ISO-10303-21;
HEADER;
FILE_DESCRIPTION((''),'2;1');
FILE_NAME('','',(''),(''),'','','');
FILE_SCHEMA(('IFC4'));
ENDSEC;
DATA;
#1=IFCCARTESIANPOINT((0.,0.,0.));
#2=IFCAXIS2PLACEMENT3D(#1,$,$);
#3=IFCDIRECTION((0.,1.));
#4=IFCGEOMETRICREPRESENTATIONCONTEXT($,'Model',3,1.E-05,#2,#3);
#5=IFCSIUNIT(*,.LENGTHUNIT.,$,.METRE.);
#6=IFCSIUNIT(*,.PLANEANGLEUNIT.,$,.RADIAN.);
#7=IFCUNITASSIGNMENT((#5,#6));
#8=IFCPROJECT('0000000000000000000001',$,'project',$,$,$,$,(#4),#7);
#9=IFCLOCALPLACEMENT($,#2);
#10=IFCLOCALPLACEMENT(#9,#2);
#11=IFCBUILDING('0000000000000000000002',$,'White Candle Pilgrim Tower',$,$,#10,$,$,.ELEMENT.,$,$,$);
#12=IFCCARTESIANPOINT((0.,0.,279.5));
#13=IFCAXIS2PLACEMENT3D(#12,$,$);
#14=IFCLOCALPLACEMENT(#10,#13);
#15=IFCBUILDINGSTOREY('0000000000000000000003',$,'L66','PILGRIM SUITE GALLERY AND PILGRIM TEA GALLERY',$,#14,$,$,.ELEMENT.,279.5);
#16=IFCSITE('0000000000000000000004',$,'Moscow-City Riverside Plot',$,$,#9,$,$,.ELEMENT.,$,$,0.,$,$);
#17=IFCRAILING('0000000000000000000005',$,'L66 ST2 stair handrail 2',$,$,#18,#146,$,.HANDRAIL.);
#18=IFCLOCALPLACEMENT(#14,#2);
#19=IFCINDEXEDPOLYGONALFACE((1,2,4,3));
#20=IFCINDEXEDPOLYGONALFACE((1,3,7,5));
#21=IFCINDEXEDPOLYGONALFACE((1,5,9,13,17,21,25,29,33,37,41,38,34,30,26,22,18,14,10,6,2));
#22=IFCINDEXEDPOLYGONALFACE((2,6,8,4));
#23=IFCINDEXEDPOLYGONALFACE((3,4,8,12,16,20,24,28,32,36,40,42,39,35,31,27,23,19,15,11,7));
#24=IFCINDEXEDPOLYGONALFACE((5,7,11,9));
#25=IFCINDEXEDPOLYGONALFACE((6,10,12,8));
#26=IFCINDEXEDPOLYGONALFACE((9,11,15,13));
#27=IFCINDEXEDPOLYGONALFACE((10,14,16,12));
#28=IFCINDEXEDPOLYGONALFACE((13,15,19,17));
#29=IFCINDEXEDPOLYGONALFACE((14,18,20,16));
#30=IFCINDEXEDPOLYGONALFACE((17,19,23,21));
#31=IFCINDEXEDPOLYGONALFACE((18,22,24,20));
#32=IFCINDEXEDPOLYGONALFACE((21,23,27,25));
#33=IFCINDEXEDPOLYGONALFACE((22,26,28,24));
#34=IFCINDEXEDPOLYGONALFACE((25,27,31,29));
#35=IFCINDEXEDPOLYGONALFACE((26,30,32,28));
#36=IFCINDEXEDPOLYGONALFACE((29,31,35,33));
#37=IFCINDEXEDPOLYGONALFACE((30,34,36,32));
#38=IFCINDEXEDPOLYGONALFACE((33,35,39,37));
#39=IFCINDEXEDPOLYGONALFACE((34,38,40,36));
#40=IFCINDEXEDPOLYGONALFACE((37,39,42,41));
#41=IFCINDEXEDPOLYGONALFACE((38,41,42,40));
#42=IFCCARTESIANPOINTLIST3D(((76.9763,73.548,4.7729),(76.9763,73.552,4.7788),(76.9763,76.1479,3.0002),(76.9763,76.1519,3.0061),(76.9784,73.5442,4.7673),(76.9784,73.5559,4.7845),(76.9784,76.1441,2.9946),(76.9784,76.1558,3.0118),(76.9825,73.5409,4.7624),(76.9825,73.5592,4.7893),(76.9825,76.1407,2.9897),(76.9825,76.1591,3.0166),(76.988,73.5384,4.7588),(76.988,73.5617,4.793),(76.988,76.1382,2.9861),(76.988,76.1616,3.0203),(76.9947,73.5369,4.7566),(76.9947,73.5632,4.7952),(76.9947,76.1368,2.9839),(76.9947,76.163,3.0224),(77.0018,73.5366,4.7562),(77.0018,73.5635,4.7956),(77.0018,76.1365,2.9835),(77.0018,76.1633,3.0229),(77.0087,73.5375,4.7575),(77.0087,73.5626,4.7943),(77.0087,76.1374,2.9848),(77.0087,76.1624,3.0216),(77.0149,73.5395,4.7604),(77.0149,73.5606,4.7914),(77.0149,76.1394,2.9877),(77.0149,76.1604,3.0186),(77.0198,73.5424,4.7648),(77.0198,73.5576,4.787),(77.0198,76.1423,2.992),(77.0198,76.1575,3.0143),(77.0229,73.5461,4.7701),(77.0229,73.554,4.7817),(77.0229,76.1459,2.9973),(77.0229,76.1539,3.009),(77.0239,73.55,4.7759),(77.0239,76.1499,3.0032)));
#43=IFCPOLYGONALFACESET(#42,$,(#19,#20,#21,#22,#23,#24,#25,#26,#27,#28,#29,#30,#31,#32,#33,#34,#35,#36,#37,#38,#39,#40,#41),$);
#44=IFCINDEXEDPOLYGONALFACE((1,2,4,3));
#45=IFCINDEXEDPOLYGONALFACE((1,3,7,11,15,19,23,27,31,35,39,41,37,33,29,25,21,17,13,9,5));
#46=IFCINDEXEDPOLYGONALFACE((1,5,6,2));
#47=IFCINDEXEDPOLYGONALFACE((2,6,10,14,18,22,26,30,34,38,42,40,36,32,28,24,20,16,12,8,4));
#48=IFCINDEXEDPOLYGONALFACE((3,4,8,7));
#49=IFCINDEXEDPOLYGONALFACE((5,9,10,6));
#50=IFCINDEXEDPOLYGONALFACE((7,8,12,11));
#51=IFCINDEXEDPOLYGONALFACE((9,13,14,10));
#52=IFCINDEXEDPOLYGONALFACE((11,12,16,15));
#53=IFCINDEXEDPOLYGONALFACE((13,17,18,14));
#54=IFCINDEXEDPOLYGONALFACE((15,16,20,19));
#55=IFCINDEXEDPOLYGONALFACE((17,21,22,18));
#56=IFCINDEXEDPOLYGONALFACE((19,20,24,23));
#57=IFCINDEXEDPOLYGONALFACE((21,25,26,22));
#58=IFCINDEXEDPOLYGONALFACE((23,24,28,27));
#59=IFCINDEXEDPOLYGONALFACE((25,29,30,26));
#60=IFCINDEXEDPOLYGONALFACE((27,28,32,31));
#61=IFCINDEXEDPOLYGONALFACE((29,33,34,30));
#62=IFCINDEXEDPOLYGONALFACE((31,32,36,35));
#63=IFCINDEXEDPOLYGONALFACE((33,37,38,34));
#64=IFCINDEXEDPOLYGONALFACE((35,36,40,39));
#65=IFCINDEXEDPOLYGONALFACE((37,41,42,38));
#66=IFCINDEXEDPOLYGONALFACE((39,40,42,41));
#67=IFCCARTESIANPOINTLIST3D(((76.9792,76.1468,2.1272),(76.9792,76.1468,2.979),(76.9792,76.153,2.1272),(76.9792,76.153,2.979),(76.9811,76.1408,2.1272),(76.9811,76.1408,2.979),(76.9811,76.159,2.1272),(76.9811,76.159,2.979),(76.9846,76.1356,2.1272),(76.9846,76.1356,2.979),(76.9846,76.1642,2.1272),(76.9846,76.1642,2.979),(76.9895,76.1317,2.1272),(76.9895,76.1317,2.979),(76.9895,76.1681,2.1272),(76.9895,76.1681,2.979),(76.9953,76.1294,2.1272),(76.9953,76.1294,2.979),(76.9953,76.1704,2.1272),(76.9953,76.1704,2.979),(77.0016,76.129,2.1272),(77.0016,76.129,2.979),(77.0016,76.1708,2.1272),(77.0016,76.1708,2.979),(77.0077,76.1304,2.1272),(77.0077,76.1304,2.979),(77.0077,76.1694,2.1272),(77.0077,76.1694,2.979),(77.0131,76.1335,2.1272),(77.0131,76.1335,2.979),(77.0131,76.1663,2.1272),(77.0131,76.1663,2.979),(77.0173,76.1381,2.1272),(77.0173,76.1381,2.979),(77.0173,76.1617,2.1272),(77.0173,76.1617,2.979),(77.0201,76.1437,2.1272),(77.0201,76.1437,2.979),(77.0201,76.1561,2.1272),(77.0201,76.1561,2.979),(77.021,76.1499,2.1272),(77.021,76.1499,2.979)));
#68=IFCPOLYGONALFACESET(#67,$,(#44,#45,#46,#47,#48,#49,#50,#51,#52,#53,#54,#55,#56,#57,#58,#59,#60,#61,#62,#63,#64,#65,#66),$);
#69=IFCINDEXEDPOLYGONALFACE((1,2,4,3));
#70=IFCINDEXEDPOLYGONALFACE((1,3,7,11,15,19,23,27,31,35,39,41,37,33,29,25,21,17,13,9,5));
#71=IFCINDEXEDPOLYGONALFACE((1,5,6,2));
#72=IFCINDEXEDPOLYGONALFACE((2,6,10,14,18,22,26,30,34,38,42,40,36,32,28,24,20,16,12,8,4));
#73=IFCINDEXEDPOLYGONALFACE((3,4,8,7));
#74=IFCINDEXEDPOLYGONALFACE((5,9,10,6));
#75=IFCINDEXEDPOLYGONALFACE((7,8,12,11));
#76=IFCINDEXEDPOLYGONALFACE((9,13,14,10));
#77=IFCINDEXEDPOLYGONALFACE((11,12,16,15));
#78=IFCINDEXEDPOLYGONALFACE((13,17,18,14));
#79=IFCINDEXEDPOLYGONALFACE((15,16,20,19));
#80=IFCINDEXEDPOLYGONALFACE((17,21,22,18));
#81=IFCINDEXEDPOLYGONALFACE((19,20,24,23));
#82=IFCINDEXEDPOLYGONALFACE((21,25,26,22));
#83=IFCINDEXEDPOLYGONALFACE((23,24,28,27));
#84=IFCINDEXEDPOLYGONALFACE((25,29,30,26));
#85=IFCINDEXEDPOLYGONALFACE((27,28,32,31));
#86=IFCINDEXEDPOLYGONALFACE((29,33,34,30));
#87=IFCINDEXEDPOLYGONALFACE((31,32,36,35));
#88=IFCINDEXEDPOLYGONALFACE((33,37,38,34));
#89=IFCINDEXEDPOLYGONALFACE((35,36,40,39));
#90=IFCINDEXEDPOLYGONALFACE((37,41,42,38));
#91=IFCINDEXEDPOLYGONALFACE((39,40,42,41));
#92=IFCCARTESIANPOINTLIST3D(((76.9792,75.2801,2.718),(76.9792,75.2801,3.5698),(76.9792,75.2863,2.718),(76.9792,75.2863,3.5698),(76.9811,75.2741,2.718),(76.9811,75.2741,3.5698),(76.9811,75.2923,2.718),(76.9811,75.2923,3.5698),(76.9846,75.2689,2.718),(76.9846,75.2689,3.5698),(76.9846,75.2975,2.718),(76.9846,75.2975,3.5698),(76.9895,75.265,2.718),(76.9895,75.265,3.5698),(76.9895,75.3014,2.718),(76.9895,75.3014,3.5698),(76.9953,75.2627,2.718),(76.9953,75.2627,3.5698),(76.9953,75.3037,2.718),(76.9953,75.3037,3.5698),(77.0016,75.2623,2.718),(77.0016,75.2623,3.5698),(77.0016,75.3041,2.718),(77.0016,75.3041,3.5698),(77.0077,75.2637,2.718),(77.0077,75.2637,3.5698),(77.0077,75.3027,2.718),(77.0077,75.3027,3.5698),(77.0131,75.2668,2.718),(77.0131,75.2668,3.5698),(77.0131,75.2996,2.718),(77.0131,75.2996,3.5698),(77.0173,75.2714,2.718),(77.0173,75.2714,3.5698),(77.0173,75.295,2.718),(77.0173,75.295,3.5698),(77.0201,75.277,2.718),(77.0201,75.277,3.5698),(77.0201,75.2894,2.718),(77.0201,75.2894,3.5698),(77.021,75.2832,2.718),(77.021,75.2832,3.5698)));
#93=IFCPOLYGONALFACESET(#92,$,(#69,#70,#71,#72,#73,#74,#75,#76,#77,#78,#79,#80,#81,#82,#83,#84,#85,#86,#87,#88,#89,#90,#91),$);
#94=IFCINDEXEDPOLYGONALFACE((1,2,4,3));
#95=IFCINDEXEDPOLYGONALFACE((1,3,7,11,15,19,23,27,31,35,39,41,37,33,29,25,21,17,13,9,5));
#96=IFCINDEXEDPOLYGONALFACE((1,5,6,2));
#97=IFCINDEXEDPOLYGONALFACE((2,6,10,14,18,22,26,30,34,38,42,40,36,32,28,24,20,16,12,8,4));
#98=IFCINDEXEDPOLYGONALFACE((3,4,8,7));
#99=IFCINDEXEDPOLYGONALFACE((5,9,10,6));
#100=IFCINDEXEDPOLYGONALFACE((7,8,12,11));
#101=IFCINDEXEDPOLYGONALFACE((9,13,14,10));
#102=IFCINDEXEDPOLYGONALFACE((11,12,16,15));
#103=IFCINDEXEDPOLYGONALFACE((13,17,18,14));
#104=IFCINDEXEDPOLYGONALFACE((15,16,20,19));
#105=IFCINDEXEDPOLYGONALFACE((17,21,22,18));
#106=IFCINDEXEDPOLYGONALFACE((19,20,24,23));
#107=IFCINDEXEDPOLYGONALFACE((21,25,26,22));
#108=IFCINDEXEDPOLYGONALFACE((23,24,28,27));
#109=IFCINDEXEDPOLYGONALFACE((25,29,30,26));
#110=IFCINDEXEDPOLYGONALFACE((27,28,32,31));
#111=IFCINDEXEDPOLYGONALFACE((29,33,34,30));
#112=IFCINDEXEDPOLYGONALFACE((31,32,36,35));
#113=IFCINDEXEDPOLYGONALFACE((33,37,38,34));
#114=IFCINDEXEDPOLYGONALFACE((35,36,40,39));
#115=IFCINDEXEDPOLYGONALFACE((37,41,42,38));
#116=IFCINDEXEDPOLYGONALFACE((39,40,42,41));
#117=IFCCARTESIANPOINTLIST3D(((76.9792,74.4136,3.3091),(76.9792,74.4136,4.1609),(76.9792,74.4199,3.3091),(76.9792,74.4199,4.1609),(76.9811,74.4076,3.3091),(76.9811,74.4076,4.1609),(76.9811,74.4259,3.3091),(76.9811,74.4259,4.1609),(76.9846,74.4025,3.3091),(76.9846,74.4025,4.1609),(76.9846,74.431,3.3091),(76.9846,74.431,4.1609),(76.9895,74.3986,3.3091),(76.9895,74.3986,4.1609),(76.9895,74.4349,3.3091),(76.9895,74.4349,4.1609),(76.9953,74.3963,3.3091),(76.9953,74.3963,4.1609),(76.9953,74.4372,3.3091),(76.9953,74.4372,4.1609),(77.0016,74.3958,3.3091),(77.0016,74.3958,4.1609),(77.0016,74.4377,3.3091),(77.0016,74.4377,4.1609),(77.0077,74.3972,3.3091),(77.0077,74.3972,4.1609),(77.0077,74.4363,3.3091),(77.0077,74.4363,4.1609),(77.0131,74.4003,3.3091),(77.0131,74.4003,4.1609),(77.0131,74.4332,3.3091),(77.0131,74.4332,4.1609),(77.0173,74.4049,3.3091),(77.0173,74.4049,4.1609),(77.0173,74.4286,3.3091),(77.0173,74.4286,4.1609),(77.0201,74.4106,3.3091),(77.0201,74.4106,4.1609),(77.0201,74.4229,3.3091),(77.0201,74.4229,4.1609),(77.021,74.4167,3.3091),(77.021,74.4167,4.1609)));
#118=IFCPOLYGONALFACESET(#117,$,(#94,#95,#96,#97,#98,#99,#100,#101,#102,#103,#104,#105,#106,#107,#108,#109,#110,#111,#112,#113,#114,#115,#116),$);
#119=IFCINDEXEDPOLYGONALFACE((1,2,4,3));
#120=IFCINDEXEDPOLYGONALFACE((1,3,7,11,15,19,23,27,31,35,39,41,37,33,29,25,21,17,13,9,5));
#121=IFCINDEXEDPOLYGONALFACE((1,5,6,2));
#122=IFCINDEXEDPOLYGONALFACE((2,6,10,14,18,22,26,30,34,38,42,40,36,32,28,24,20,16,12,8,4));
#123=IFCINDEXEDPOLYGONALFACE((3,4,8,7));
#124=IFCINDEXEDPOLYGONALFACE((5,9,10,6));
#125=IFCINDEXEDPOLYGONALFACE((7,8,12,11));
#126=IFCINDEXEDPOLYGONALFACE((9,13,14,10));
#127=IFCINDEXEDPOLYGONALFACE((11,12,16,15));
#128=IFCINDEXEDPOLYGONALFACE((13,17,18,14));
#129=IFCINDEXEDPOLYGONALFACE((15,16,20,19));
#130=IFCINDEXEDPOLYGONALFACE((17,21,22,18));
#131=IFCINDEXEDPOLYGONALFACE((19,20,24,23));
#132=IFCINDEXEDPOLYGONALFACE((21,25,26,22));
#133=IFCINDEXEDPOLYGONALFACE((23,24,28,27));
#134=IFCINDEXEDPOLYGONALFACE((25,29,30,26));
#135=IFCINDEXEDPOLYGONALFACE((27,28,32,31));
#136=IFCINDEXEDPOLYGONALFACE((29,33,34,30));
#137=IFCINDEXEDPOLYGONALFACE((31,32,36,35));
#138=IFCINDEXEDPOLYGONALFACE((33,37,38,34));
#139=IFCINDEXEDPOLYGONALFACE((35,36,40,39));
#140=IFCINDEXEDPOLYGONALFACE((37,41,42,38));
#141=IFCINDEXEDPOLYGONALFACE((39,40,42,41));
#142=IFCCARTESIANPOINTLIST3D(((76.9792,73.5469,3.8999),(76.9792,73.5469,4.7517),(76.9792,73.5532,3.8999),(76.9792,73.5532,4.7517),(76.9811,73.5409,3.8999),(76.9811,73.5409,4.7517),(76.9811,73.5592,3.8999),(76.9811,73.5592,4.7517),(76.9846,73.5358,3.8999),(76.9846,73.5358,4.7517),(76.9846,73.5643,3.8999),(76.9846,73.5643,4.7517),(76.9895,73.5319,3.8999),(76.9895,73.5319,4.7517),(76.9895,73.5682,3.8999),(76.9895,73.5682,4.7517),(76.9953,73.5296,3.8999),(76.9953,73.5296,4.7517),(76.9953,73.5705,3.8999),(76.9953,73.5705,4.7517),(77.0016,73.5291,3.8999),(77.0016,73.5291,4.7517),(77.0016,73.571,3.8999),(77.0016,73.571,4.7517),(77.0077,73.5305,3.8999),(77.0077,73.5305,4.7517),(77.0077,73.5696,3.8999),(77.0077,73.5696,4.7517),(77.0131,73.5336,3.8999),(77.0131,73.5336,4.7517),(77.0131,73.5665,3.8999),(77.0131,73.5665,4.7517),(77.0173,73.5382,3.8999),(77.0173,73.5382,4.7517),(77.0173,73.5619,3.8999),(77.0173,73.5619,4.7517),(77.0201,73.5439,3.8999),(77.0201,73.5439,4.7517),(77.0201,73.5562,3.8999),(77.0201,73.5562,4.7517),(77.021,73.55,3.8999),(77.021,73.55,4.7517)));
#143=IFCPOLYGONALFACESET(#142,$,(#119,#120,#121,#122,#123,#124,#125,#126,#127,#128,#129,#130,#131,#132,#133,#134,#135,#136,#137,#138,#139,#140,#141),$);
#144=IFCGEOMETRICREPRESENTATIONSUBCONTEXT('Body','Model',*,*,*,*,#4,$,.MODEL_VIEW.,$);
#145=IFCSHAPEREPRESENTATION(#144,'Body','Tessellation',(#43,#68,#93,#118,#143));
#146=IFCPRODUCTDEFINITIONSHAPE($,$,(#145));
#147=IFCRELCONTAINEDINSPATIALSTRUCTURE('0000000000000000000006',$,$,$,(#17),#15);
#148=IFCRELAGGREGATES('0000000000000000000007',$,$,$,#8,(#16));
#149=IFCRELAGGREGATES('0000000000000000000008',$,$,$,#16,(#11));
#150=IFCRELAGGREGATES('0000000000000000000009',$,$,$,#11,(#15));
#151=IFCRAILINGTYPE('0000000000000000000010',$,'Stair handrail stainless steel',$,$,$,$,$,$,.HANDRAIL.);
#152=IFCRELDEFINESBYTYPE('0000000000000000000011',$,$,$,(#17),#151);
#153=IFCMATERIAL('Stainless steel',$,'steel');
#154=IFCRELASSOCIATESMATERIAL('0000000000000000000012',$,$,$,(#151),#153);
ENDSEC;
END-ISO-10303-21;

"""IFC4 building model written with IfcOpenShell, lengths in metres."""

from ifc_helpers import new_model, si_unit, direction, frame, origin, origin_2d, place, context, subcontext, project, spatial, circle, extrude, material, type_object, element, save


model = new_model("IFC4")

# Units and contexts
model_context = context("Model", 3, precision=1e-05, world=origin(), true_north=direction((0.0, 1.0)))
body_context = subcontext(model_context, "Body", "Model", "MODEL_VIEW")
ifc_project = project(units=[si_unit("LENGTHUNIT", "METRE"), si_unit("PLANEANGLEUNIT", "RADIAN")], contexts=[model_context])

# Site, building, storey
site_placement = place(None, origin())
site = spatial("IfcSite", under=ifc_project, at=site_placement, Name="Moscow-City Riverside Plot", CompositionType="ELEMENT", RefElevation=0.0)
building_placement = place(site_placement, origin())
building = spatial("IfcBuilding", under=site, at=building_placement, Name="White Candle Pilgrim Tower", CompositionType="ELEMENT")
storey_placement = place(building_placement, frame((0.0, 0.0, 279.5)))
storey = spatial("IfcBuildingStorey", under=building, at=storey_placement, Name="L66", Description="PILGRIM SUITE GALLERY AND PILGRIM TEA GALLERY", CompositionType="ELEMENT", Elevation=279.5)

# Railing
ifc_material_1 = material(Name="Stainless steel", Category="steel")
railing_type_1 = type_object("IfcRailingType", Name="Stair handrail stainless steel", PredefinedType="HANDRAIL", material=ifc_material_1)
railing_1_placement = place(storey_placement, frame((77.0, 76.1499, 2.1272)))
element("IfcRailing", 1, at=railing_1_placement, inside=storey, type_object=railing_type_1, Name="L66 ST2 stair handrail 2", PredefinedType="HANDRAIL", context=body_context, shape_type="SweptSolid", body=[
    extrude(circle(Radius=0.0239, at=origin_2d()), frame((0.0, 0.0, 0.876), z_axis=(0.0, -0.826216, 0.563354), x_axis=(1.0, 0.0, 0.0)), (0.0, 0.0, 1.0), 3.1467),
    extrude(circle(Radius=0.021, at=origin_2d()), origin(), (0.0, 0.0, 1.0), 0.8518),
    extrude(circle(Radius=0.021, at=origin_2d()), frame((0.0, -0.8667, 0.5908)), (0.0, 0.0, 1.0), 0.8518),
    extrude(circle(Radius=0.021, at=origin_2d()), frame((0.0, -1.7332, 1.1819)), (0.0, 0.0, 1.0), 0.8518),
    extrude(circle(Radius=0.021, at=origin_2d()), frame((0.0, -2.5999, 1.7727)), (0.0, 0.0, 1.0), 0.8518),
])

save(model, "model.ifc")
